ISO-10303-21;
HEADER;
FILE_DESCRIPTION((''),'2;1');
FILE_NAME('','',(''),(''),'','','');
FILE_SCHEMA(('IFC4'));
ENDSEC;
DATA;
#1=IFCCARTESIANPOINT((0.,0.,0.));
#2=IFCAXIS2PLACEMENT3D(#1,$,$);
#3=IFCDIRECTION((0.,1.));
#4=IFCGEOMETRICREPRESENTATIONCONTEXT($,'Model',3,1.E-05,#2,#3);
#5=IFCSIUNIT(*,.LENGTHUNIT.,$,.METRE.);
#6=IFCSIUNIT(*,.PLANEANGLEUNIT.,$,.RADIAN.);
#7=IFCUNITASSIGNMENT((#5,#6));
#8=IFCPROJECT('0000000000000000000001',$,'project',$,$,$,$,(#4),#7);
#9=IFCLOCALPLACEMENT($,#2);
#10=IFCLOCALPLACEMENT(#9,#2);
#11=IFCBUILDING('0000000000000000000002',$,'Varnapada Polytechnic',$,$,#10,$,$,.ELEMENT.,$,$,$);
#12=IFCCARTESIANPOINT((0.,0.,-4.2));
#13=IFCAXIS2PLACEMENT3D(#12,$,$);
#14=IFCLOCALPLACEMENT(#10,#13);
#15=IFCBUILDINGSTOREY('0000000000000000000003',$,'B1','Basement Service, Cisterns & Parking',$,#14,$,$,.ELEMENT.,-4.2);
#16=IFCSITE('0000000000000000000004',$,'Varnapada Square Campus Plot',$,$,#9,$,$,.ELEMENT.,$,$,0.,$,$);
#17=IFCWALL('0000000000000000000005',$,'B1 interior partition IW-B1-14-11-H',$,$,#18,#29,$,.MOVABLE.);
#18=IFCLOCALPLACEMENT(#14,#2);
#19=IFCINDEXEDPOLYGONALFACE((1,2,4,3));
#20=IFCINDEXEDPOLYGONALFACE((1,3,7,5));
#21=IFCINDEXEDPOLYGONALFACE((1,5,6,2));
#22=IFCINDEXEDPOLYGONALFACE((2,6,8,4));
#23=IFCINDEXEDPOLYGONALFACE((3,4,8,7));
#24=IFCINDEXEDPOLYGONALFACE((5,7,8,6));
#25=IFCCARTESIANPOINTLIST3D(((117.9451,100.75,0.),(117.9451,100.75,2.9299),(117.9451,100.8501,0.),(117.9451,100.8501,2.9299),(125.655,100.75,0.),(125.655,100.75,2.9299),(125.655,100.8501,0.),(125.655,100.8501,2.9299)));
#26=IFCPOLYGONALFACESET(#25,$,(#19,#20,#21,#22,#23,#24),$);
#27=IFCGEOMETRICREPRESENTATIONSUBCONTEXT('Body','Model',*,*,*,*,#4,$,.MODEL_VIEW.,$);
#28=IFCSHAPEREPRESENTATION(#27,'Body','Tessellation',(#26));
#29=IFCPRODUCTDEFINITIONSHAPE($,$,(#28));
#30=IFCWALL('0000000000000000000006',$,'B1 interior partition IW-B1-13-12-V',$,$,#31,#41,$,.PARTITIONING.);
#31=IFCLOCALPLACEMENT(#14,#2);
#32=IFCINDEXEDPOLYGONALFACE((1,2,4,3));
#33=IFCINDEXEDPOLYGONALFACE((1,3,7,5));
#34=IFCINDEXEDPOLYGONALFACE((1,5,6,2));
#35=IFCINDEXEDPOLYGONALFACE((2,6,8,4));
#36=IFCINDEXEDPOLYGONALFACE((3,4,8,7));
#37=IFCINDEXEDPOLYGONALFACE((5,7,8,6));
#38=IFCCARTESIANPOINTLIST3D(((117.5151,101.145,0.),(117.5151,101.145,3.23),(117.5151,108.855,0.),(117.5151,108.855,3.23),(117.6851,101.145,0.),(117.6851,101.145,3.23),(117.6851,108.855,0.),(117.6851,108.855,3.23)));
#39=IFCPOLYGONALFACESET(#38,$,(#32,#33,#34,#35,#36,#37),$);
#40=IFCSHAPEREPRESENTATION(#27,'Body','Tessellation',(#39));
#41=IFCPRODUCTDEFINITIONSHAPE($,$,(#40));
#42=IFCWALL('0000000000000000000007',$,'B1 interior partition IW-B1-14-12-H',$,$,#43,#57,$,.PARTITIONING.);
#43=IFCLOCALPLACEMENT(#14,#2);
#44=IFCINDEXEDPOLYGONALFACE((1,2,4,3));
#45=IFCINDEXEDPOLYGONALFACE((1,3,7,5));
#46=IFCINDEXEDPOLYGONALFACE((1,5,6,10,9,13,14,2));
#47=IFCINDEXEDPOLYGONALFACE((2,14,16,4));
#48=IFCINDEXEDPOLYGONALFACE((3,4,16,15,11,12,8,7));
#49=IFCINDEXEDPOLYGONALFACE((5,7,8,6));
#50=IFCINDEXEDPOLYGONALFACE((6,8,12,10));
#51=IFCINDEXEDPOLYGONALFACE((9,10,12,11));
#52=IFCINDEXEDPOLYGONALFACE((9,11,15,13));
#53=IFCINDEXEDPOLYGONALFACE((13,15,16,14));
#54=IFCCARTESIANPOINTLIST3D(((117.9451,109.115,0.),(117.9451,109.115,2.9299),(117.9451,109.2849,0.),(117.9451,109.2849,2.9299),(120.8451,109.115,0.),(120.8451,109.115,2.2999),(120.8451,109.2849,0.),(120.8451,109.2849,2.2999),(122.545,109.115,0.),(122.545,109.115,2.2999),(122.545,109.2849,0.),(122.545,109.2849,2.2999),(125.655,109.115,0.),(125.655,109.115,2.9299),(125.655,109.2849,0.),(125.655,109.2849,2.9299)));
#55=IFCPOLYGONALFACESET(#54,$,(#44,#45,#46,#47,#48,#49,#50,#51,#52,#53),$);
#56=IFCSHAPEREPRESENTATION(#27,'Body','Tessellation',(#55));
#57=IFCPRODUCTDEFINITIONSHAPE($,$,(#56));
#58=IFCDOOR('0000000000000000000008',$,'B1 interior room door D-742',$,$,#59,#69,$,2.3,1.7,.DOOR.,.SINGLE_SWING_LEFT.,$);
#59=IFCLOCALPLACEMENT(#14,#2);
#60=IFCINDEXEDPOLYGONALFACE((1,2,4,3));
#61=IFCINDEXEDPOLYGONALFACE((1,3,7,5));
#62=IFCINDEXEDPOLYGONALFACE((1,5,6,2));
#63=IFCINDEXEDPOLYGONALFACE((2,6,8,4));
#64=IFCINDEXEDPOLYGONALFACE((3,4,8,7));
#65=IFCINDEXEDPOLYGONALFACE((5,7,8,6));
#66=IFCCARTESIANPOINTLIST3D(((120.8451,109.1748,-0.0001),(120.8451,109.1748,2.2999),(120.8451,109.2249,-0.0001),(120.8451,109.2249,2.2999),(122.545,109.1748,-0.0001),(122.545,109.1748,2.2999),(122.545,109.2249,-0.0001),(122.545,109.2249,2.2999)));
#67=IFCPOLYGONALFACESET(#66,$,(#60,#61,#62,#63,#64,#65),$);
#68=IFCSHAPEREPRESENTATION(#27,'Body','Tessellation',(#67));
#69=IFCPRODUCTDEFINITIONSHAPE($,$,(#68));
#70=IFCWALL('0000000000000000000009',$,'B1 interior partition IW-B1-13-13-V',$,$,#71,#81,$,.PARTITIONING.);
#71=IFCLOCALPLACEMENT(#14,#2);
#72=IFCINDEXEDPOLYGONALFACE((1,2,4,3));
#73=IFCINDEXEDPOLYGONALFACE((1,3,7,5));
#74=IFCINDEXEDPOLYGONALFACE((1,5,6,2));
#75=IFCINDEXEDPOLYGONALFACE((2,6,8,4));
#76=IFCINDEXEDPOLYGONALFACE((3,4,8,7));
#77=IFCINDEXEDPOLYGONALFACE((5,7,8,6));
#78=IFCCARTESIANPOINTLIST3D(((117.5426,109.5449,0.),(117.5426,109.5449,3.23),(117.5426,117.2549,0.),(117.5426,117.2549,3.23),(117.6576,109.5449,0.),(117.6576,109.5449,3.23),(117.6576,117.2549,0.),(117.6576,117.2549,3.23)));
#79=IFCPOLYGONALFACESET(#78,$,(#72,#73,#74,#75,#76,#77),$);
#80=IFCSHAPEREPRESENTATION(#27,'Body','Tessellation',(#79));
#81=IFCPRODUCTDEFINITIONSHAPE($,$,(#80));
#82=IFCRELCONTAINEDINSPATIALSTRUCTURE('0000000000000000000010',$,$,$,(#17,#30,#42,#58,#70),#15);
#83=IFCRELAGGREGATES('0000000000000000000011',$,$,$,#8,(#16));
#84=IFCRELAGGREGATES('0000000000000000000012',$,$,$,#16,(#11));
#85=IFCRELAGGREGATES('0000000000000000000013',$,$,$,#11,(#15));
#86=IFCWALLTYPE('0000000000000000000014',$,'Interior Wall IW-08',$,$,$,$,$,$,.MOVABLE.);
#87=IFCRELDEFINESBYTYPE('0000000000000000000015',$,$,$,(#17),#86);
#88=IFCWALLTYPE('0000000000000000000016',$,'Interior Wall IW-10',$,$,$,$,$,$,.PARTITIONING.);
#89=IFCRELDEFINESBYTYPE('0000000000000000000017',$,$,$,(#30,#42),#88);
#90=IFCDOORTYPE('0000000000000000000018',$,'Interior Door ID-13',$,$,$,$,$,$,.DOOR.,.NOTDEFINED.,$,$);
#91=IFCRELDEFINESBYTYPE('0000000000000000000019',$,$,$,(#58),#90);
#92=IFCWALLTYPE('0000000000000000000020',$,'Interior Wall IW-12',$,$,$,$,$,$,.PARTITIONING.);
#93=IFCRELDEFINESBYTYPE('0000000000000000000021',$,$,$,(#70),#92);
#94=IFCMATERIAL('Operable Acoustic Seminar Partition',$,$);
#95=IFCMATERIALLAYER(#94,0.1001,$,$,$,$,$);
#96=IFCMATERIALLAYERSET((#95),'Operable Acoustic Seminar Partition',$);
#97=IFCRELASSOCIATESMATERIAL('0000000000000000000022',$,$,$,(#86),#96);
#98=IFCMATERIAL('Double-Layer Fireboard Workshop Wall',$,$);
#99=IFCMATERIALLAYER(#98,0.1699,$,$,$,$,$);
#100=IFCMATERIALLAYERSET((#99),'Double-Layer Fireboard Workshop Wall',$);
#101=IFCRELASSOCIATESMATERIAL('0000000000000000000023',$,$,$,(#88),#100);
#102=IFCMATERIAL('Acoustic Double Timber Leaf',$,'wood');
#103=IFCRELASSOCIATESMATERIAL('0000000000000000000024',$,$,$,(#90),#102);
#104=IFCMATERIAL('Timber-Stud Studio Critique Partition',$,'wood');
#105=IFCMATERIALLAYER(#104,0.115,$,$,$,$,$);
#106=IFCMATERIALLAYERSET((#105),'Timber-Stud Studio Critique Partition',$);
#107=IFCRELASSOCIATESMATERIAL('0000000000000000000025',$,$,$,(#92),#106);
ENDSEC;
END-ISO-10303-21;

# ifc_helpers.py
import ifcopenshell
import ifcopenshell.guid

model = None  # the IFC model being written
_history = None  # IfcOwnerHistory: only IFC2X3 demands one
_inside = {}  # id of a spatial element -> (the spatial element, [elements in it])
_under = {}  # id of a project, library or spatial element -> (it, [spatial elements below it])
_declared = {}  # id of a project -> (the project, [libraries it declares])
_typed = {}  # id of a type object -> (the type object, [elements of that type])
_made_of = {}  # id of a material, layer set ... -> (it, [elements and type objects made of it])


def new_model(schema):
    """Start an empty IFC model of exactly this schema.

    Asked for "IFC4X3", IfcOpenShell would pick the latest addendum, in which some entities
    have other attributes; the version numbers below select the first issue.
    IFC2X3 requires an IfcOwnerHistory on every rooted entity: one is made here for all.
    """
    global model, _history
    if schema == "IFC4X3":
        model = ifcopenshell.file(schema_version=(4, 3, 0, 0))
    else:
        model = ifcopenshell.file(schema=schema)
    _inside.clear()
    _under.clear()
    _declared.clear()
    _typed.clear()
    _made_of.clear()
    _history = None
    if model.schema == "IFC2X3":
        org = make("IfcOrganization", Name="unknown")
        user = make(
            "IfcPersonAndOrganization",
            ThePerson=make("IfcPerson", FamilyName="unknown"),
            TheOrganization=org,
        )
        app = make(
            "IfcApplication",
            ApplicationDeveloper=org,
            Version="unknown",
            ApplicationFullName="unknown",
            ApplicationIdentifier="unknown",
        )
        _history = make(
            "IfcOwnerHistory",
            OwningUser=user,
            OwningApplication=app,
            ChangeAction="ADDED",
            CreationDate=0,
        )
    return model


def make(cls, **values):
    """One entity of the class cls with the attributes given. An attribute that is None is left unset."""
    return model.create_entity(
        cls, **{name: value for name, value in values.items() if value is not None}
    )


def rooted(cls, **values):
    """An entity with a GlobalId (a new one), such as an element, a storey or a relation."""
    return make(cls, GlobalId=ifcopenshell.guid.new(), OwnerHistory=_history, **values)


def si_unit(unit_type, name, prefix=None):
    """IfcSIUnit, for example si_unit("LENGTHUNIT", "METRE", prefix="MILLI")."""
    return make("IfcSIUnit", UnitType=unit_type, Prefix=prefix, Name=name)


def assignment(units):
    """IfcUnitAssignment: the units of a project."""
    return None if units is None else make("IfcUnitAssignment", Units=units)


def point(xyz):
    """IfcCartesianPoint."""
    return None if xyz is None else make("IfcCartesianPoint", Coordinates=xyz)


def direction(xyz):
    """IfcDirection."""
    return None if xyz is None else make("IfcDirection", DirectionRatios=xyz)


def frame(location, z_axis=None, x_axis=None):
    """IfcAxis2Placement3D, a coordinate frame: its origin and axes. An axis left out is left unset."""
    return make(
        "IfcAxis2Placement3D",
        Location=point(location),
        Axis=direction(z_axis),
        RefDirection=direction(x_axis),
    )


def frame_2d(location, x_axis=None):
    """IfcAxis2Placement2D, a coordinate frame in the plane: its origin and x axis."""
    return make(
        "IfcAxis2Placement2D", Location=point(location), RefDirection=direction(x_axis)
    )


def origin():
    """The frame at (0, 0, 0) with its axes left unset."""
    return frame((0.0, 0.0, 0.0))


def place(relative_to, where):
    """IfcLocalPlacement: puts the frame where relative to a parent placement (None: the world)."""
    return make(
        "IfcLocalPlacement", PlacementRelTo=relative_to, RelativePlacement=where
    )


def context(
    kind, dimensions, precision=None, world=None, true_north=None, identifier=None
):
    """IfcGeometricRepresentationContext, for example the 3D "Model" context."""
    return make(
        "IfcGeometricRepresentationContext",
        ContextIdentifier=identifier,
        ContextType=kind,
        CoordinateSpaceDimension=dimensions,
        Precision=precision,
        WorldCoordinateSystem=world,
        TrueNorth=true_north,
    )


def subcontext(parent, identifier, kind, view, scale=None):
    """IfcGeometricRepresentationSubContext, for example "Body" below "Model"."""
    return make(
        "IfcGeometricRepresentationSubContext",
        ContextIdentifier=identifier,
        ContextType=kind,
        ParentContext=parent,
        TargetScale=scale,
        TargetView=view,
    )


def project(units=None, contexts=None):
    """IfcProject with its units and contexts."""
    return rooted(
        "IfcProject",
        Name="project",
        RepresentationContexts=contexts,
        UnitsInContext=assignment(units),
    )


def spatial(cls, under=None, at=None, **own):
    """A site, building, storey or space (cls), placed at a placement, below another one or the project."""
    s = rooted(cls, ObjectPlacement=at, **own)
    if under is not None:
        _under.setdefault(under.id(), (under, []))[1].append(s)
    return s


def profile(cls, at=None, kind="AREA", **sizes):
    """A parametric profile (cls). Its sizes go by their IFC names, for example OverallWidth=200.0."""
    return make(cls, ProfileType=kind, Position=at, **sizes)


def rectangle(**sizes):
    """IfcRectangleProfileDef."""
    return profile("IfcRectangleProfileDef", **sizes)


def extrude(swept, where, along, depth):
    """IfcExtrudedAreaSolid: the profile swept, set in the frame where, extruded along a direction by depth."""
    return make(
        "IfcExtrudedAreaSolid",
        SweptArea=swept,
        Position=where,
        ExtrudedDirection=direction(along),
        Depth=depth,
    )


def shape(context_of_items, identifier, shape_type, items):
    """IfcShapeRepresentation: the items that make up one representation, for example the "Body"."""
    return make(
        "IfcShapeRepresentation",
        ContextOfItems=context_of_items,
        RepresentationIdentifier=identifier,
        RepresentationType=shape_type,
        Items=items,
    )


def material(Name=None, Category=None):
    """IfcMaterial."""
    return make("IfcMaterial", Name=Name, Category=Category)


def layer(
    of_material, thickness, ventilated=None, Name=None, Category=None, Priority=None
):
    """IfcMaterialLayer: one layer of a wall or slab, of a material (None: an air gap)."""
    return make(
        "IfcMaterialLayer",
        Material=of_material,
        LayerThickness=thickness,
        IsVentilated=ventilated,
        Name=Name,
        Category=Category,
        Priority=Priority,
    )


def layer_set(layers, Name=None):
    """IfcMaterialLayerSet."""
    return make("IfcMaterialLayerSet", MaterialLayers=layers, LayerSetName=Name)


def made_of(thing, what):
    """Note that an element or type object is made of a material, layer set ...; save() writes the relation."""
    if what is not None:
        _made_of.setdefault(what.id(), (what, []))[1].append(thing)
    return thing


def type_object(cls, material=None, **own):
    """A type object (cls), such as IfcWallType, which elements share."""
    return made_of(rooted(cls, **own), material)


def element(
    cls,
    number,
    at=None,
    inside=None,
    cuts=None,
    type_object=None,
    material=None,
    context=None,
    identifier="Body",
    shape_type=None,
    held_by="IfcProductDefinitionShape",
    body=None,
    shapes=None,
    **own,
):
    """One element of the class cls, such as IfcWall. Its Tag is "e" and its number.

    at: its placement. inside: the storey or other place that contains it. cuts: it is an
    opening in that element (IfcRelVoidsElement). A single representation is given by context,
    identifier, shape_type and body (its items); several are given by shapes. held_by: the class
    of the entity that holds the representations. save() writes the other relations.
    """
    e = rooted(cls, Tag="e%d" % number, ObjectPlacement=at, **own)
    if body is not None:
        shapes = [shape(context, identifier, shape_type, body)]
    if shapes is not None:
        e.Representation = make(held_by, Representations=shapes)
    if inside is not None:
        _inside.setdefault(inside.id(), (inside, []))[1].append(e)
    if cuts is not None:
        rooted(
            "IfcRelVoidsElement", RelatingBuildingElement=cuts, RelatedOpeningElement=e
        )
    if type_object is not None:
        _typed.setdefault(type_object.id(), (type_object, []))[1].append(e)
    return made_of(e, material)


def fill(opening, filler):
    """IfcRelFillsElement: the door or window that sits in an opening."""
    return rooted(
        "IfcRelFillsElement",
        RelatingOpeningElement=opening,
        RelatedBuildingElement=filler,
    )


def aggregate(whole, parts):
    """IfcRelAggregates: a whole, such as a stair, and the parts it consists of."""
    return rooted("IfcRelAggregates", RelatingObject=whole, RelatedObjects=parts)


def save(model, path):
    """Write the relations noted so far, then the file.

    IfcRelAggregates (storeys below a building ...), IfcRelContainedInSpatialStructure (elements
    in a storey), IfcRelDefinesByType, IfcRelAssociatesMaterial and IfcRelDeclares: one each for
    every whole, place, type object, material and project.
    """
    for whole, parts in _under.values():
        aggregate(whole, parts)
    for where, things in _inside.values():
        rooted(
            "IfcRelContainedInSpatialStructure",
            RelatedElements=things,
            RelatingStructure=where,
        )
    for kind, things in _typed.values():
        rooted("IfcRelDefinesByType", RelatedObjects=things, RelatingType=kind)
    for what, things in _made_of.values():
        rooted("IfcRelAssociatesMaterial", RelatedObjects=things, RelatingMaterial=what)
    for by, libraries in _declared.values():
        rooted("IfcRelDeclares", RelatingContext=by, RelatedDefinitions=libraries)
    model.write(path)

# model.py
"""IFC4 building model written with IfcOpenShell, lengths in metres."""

from ifc_helpers import new_model, si_unit, direction, frame, frame_2d, origin, place, context, subcontext, project, spatial, rectangle, extrude, material, layer, layer_set, type_object, element, fill, save


model = new_model("IFC4")

# Units and contexts
model_context = context("Model", 3, precision=1e-05, world=origin(), true_north=direction((0.0, 1.0)))
body_context = subcontext(model_context, "Body", "Model", "MODEL_VIEW")
ifc_project = project(units=[si_unit("LENGTHUNIT", "METRE"), si_unit("PLANEANGLEUNIT", "RADIAN")], contexts=[model_context])

# Site, building, storey
site_placement = place(None, origin())
site = spatial("IfcSite", under=ifc_project, at=site_placement, Name="Varnapada Square Campus Plot", CompositionType="ELEMENT", RefElevation=0.0)
building_placement = place(site_placement, origin())
building = spatial("IfcBuilding", under=site, at=building_placement, Name="Varnapada Polytechnic", CompositionType="ELEMENT")
storey_placement = place(building_placement, frame((0.0, 0.0, -4.2)))
storey = spatial("IfcBuildingStorey", under=building, at=storey_placement, Name="B1", Description="Basement Service, Cisterns & Parking", CompositionType="ELEMENT", Elevation=-4.2)

# Walls
ifc_material_1 = material(Name="Operable Acoustic Seminar Partition")
ifc_layer_1 = layer(ifc_material_1, 0.1001)
ifc_layer_set_1 = layer_set([ifc_layer_1], Name="Operable Acoustic Seminar Partition")
wall_type_1 = type_object("IfcWallType", Name="Interior Wall IW-08", PredefinedType="MOVABLE", material=ifc_layer_set_1)
wall_1_placement = place(storey_placement, frame((117.9451, 100.8, 0.0), z_axis=(0.0, 0.0, 1.0), x_axis=(1.0, 0.0, 0.0)))
element("IfcWall", 1, at=wall_1_placement, inside=storey, type_object=wall_type_1, Name="B1 interior partition IW-B1-14-11-H", PredefinedType="MOVABLE", context=body_context, shape_type="SweptSolid", body=[
    extrude(rectangle(XDim=7.71, YDim=0.1001, at=frame_2d((3.855, 0.0))), origin(), (0.0, 0.0, 1.0), 2.9299),
])
ifc_material_2 = material(Name="Double-Layer Fireboard Workshop Wall")
ifc_layer_2 = layer(ifc_material_2, 0.1699)
ifc_layer_set_2 = layer_set([ifc_layer_2], Name="Double-Layer Fireboard Workshop Wall")
wall_type_2 = type_object("IfcWallType", Name="Interior Wall IW-10", PredefinedType="PARTITIONING", material=ifc_layer_set_2)
wall_2_placement = place(storey_placement, frame((117.6001, 101.145, 0.0), z_axis=(0.0, 0.0, 1.0), x_axis=(0.0, 1.0, 0.0)))
element("IfcWall", 2, at=wall_2_placement, inside=storey, type_object=wall_type_2, Name="B1 interior partition IW-B1-13-12-V", PredefinedType="PARTITIONING", context=body_context, shape_type="SweptSolid", body=[
    extrude(rectangle(XDim=7.71, YDim=0.1699, at=frame_2d((3.855, 0.0))), origin(), (0.0, 0.0, 1.0), 3.23),
])

# Wall, opening, door
wall_3_placement = place(storey_placement, frame((117.9451, 109.2, 0.0), z_axis=(0.0, 0.0, 1.0), x_axis=(1.0, 0.0, 0.0)))
wall_3 = element("IfcWall", 3, at=wall_3_placement, inside=storey, type_object=wall_type_2, Name="B1 interior partition IW-B1-14-12-H", PredefinedType="PARTITIONING", context=body_context, shape_type="SweptSolid", body=[
    extrude(rectangle(XDim=7.71, YDim=0.1699, at=frame_2d((3.855, 0.0))), origin(), (0.0, 0.0, 1.0), 2.9299),
])
opening_placement = place(wall_3_placement, frame((2.8999, 0.0, 0.0)))
opening = element("IfcOpeningElement", 4, at=opening_placement, cuts=wall_3, PredefinedType="OPENING", context=body_context, shape_type="SweptSolid", body=[
    extrude(rectangle(XDim=1.7, YDim=2.3, at=frame_2d((0.8501, 1.1499))), frame((0.0, 0.095, 0.0), z_axis=(0.0, -1.0, 0.0), x_axis=(1.0, 0.0, 0.0)), (0.0, 0.0, 1.0), 0.1899),
])
ifc_material_3 = material(Name="Acoustic Double Timber Leaf", Category="wood")
door_type = type_object("IfcDoorType", Name="Interior Door ID-13", OperationType="NOTDEFINED", PredefinedType="DOOR", material=ifc_material_3)
door_placement = place(opening_placement, origin())
door = element("IfcDoor", 5, at=door_placement, inside=storey, type_object=door_type, Name="B1 interior room door D-742", OperationType="SINGLE_SWING_LEFT", OverallHeight=2.3, OverallWidth=1.7, PredefinedType="DOOR", context=body_context, shape_type="SweptSolid", body=[
    extrude(rectangle(XDim=1.7, YDim=2.3, at=frame_2d((0.8501, 1.1499))), frame((0.0, 0.0249, 0.0), z_axis=(0.0, -1.0, 0.0), x_axis=(1.0, 0.0, 0.0)), (0.0, 0.0, 1.0), 0.05),
])
fill(opening, door)

# Wall
ifc_material_4 = material(Name="Timber-Stud Studio Critique Partition", Category="wood")
ifc_layer_3 = layer(ifc_material_4, 0.115)
ifc_layer_set_3 = layer_set([ifc_layer_3], Name="Timber-Stud Studio Critique Partition")
wall_type_3 = type_object("IfcWallType", Name="Interior Wall IW-12", PredefinedType="PARTITIONING", material=ifc_layer_set_3)
wall_4_placement = place(storey_placement, frame((117.6001, 109.5449, 0.0), z_axis=(0.0, 0.0, 1.0), x_axis=(0.0, 1.0, 0.0)))
element("IfcWall", 6, at=wall_4_placement, inside=storey, type_object=wall_type_3, Name="B1 interior partition IW-B1-13-13-V", PredefinedType="PARTITIONING", context=body_context, shape_type="SweptSolid", body=[
    extrude(rectangle(XDim=7.71, YDim=0.115, at=frame_2d((3.855, 0.0))), origin(), (0.0, 0.0, 1.0), 3.23),
])

save(model, "model.ifc")
